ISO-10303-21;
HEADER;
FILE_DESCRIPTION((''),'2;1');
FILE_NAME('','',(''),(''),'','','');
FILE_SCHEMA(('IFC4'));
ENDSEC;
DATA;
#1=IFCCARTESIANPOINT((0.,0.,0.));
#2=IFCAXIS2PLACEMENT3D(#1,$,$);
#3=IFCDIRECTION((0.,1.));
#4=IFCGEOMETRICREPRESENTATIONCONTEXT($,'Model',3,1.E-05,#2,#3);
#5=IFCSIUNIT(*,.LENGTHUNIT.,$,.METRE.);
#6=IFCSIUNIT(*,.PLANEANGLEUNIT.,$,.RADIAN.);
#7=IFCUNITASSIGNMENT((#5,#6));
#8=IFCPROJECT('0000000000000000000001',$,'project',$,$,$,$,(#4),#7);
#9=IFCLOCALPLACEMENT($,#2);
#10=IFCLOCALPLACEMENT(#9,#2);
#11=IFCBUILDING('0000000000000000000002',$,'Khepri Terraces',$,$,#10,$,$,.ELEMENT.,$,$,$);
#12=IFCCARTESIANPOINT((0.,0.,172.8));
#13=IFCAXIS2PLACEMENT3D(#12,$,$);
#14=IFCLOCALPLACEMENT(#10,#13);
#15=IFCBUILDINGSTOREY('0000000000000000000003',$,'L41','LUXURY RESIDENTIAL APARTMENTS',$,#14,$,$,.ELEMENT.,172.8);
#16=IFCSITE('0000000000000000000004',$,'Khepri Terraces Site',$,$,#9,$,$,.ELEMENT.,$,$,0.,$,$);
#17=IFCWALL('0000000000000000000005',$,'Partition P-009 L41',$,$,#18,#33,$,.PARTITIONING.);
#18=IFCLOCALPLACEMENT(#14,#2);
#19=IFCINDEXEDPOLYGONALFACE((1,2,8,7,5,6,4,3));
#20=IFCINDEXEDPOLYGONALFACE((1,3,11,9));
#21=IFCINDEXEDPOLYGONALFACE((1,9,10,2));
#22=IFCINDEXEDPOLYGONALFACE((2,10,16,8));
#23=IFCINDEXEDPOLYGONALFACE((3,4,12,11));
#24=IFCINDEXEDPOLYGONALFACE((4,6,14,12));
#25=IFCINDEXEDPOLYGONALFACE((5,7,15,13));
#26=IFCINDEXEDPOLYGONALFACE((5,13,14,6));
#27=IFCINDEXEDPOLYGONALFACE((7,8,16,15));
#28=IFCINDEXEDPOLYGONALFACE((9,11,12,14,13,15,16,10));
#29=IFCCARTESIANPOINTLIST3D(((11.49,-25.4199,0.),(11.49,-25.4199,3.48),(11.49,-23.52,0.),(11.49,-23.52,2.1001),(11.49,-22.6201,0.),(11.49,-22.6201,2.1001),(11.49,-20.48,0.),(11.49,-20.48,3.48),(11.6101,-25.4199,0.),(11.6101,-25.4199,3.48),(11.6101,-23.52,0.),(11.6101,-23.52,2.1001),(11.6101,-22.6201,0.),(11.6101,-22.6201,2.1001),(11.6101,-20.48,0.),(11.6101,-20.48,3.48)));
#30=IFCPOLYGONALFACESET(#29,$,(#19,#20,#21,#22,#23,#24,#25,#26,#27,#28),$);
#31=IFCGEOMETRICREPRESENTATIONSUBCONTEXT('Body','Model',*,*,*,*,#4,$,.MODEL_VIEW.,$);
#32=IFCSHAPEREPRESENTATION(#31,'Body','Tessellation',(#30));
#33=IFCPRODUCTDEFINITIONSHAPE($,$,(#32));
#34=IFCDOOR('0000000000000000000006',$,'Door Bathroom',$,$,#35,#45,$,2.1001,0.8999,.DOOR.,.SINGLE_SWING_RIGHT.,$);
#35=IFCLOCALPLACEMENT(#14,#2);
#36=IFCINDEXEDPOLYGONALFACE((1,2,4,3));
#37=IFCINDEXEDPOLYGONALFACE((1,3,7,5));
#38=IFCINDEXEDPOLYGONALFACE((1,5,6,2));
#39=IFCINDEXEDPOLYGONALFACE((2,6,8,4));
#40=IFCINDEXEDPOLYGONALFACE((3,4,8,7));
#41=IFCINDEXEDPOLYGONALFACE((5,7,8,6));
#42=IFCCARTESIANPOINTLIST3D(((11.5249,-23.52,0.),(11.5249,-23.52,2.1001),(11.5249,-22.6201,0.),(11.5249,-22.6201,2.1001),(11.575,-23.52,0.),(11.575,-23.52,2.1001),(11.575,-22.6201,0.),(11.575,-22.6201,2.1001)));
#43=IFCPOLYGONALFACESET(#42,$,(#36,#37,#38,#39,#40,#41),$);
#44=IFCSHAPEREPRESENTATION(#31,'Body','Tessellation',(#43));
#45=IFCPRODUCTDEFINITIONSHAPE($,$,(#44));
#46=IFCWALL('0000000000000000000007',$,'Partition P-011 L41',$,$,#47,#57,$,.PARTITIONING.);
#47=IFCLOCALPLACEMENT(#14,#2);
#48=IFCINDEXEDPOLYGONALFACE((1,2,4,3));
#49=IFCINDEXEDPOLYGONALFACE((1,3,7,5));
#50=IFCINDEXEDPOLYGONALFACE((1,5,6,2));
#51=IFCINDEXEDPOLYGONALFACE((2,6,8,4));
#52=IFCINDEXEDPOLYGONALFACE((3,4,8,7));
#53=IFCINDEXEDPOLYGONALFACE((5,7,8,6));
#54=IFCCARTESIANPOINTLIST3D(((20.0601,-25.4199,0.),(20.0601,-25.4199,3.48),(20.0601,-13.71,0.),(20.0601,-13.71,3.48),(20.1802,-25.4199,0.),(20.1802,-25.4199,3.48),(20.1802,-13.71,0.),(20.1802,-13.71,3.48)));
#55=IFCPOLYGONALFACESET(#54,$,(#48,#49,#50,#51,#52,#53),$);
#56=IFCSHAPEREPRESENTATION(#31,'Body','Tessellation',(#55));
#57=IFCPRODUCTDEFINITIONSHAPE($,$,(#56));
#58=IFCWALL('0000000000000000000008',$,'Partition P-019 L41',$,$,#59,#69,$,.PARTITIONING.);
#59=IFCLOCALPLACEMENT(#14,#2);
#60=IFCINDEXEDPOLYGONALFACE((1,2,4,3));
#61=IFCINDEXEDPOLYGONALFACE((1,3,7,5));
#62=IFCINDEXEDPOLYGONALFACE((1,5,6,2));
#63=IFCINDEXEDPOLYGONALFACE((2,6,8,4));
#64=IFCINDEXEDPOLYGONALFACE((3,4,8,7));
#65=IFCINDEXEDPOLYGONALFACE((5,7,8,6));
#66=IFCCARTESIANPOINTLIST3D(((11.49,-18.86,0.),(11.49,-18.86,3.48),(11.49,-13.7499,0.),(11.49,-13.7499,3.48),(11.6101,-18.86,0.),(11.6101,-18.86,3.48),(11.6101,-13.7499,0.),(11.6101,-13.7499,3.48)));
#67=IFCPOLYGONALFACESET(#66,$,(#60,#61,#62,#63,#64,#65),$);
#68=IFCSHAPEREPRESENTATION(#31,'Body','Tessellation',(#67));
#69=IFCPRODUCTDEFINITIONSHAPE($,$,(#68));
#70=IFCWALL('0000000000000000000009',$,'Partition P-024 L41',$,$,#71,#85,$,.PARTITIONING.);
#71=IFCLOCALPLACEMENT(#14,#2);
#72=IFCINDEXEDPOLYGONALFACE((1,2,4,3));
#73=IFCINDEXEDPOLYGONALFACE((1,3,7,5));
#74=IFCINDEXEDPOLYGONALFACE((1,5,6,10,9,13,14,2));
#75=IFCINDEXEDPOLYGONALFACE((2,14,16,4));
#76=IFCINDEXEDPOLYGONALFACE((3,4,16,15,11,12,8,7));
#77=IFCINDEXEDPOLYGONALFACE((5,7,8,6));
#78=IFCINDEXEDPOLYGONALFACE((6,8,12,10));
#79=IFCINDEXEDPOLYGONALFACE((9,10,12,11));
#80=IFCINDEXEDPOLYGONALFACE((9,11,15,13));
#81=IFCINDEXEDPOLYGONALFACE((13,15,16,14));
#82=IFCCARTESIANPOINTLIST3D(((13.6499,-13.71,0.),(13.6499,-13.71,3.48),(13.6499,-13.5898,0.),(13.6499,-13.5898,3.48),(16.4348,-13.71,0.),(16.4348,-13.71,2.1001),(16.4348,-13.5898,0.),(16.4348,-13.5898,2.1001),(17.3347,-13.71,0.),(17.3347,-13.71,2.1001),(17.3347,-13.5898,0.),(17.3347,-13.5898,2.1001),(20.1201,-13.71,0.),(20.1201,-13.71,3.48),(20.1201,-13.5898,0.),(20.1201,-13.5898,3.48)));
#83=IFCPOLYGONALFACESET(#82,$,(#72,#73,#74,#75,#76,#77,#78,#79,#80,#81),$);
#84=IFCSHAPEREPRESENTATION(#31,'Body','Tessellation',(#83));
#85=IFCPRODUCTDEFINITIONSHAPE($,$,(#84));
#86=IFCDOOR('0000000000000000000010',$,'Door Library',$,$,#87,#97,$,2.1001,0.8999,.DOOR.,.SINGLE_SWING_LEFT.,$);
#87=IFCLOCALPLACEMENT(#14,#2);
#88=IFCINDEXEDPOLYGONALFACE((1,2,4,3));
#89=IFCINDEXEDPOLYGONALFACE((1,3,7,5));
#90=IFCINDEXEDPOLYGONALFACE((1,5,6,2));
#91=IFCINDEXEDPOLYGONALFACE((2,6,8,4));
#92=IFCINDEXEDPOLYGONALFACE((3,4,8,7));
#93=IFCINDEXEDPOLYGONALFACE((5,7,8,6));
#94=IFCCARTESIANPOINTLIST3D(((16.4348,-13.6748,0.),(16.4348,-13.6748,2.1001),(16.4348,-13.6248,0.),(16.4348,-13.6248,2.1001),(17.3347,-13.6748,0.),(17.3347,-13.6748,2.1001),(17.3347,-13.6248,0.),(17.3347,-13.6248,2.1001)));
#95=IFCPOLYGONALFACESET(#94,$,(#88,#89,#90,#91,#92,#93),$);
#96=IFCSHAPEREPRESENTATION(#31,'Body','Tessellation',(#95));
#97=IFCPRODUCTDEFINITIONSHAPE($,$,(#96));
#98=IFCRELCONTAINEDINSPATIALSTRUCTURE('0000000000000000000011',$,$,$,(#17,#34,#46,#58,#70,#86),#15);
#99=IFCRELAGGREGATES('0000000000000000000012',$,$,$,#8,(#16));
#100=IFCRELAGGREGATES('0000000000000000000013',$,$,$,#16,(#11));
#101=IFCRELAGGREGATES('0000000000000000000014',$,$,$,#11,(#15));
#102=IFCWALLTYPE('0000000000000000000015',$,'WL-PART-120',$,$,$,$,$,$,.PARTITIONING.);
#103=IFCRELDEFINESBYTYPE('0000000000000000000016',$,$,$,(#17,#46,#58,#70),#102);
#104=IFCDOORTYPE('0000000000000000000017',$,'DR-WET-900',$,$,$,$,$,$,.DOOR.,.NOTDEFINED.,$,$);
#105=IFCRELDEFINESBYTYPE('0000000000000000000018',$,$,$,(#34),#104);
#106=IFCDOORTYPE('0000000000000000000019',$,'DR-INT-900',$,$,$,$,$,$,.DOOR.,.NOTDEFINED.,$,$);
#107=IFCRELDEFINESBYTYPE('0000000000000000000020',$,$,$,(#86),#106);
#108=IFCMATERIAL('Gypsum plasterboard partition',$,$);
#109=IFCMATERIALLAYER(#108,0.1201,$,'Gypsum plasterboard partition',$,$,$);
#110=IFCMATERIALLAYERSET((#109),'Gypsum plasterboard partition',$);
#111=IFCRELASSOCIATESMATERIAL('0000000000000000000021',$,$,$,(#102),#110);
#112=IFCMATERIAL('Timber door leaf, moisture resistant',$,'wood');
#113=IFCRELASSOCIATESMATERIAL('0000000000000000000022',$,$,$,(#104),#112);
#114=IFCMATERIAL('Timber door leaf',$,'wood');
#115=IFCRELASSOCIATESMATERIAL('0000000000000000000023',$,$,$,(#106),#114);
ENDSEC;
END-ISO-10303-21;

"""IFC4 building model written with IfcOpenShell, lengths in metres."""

from ifc_helpers import new_model, si_unit, direction, frame, frame_2d, origin, place, context, subcontext, project, spatial, rectangle, extrude, material, layer, layer_set, type_object, element, fill, save


model = new_model("IFC4")

# Units and contexts
model_context = context("Model", 3, precision=1e-05, world=origin(), true_north=direction((0.0, 1.0)))
body_context = subcontext(model_context, "Body", "Model", "MODEL_VIEW")
ifc_project = project(units=[si_unit("LENGTHUNIT", "METRE"), si_unit("PLANEANGLEUNIT", "RADIAN")], contexts=[model_context])

# Site, building, storey
site_placement = place(None, origin())
site = spatial("IfcSite", under=ifc_project, at=site_placement, Name="Khepri Terraces Site", CompositionType="ELEMENT", RefElevation=0.0)
building_placement = place(site_placement, origin())
building = spatial("IfcBuilding", under=site, at=building_placement, Name="Khepri Terraces", CompositionType="ELEMENT")
storey_placement = place(building_placement, frame((0.0, 0.0, 172.8)))
storey = spatial("IfcBuildingStorey", under=building, at=storey_placement, Name="L41", Description="LUXURY RESIDENTIAL APARTMENTS", CompositionType="ELEMENT", Elevation=172.8)

# Wall, opening, door
ifc_material_1 = material(Name="Gypsum plasterboard partition")
ifc_layer_1 = layer(ifc_material_1, 0.1201, Name="Gypsum plasterboard partition")
ifc_layer_set_1 = layer_set([ifc_layer_1], Name="Gypsum plasterboard partition")
wall_type_1 = type_object("IfcWallType", Name="WL-PART-120", PredefinedType="PARTITIONING", material=ifc_layer_set_1)
wall_1_placement = place(storey_placement, frame((11.55, -25.4199, 0.0), z_axis=(0.0, 0.0, 1.0), x_axis=(0.0, 1.0, 0.0)))
wall_1 = element("IfcWall", 1, at=wall_1_placement, inside=storey, type_object=wall_type_1, Name="Partition P-009 L41", PredefinedType="PARTITIONING", context=body_context, shape_type="SweptSolid", body=[
    extrude(rectangle(XDim=4.9399, YDim=0.1201, at=frame_2d((2.47, 0.0))), origin(), (0.0, 0.0, 1.0), 3.48),
])
opening_1_placement = place(wall_1_placement, frame((1.8999, 0.0, 0.0)))
opening_1 = element("IfcOpeningElement", 2, at=opening_1_placement, cuts=wall_1, PredefinedType="OPENING", context=body_context, shape_type="SweptSolid", body=[
    extrude(rectangle(XDim=0.8999, YDim=2.1001, at=frame_2d((0.45, 1.05))), frame((0.0, 0.0701, 0.0), z_axis=(0.0, -1.0, 0.0), x_axis=(1.0, 0.0, 0.0)), (0.0, 0.0, 1.0), 0.1401),
])
ifc_material_2 = material(Name="Timber door leaf, moisture resistant", Category="wood")
door_type_1 = type_object("IfcDoorType", Name="DR-WET-900", OperationType="NOTDEFINED", PredefinedType="DOOR", material=ifc_material_2)
door_1_placement = place(opening_1_placement, frame((0.8999, 0.0, 0.0), z_axis=(0.0, 0.0, 1.0), x_axis=(-1.0, 0.0, 0.0)))
door_1 = element("IfcDoor", 3, at=door_1_placement, inside=storey, type_object=door_type_1, Name="Door Bathroom", OperationType="SINGLE_SWING_RIGHT", OverallHeight=2.1001, OverallWidth=0.8999, PredefinedType="DOOR", context=body_context, shape_type="SweptSolid", body=[
    extrude(rectangle(XDim=0.8999, YDim=2.1001, at=frame_2d((0.45, 1.05))), frame((0.0, 0.0249, 0.0), z_axis=(0.0, -1.0, 0.0), x_axis=(1.0, 0.0, 0.0)), (0.0, 0.0, 1.0), 0.05),
])
fill(opening_1, door_1)

# Walls
wall_2_placement = place(storey_placement, frame((20.1201, -25.4199, 0.0), z_axis=(0.0, 0.0, 1.0), x_axis=(0.0, 1.0, 0.0)))
element("IfcWall", 4, at=wall_2_placement, inside=storey, type_object=wall_type_1, Name="Partition P-011 L41", PredefinedType="PARTITIONING", context=body_context, shape_type="SweptSolid", body=[
    extrude(rectangle(XDim=11.71, YDim=0.1201, at=frame_2d((5.855, 0.0))), origin(), (0.0, 0.0, 1.0), 3.48),
])
wall_3_placement = place(storey_placement, frame((11.55, -18.8601, 0.0), z_axis=(0.0, 0.0, 1.0), x_axis=(0.0, 1.0, 0.0)))
element("IfcWall", 5, at=wall_3_placement, inside=storey, type_object=wall_type_1, Name="Partition P-019 L41", PredefinedType="PARTITIONING", context=body_context, shape_type="SweptSolid", body=[
    extrude(rectangle(XDim=5.1101, YDim=0.1201, at=frame_2d((2.5552, 0.0))), origin(), (0.0, 0.0, 1.0), 3.48),
])

# Wall, opening, door
wall_4_placement = place(storey_placement, frame((13.6499, -13.6499, 0.0), z_axis=(0.0, 0.0, 1.0), x_axis=(1.0, 0.0, 0.0)))
wall_4 = element("IfcWall", 6, at=wall_4_placement, inside=storey, type_object=wall_type_1, Name="Partition P-024 L41", PredefinedType="PARTITIONING", context=body_context, shape_type="SweptSolid", body=[
    extrude(rectangle(XDim=6.4702, YDim=0.1201, at=frame_2d((3.2351, 0.0))), origin(), (0.0, 0.0, 1.0), 3.48),
])
opening_2_placement = place(wall_4_placement, frame((2.7849, 0.0, 0.0)))
opening_2 = element("IfcOpeningElement", 7, at=opening_2_placement, cuts=wall_4, PredefinedType="OPENING", context=body_context, shape_type="SweptSolid", body=[
    extrude(rectangle(XDim=0.8999, YDim=2.1001, at=frame_2d((0.45, 1.05))), frame((0.0, 0.0701, 0.0), z_axis=(0.0, -1.0, 0.0), x_axis=(1.0, 0.0, 0.0)), (0.0, 0.0, 1.0), 0.1401),
])
ifc_material_3 = material(Name="Timber door leaf", Category="wood")
door_type_2 = type_object("IfcDoorType", Name="DR-INT-900", OperationType="NOTDEFINED", PredefinedType="DOOR", material=ifc_material_3)
door_2_placement = place(opening_2_placement, frame((0.8999, 0.0, 0.0), z_axis=(0.0, 0.0, 1.0), x_axis=(-1.0, 0.0, 0.0)))
door_2 = element("IfcDoor", 8, at=door_2_placement, inside=storey, type_object=door_type_2, Name="Door Library", OperationType="SINGLE_SWING_LEFT", OverallHeight=2.1001, OverallWidth=0.8999, PredefinedType="DOOR", context=body_context, shape_type="SweptSolid", body=[
    extrude(rectangle(XDim=0.8999, YDim=2.1001, at=frame_2d((0.45, 1.05))), frame((0.0, 0.0249, 0.0), z_axis=(0.0, -1.0, 0.0), x_axis=(1.0, 0.0, 0.0)), (0.0, 0.0, 1.0), 0.05),
])
fill(opening_2, door_2)

save(model, "model.ifc")
